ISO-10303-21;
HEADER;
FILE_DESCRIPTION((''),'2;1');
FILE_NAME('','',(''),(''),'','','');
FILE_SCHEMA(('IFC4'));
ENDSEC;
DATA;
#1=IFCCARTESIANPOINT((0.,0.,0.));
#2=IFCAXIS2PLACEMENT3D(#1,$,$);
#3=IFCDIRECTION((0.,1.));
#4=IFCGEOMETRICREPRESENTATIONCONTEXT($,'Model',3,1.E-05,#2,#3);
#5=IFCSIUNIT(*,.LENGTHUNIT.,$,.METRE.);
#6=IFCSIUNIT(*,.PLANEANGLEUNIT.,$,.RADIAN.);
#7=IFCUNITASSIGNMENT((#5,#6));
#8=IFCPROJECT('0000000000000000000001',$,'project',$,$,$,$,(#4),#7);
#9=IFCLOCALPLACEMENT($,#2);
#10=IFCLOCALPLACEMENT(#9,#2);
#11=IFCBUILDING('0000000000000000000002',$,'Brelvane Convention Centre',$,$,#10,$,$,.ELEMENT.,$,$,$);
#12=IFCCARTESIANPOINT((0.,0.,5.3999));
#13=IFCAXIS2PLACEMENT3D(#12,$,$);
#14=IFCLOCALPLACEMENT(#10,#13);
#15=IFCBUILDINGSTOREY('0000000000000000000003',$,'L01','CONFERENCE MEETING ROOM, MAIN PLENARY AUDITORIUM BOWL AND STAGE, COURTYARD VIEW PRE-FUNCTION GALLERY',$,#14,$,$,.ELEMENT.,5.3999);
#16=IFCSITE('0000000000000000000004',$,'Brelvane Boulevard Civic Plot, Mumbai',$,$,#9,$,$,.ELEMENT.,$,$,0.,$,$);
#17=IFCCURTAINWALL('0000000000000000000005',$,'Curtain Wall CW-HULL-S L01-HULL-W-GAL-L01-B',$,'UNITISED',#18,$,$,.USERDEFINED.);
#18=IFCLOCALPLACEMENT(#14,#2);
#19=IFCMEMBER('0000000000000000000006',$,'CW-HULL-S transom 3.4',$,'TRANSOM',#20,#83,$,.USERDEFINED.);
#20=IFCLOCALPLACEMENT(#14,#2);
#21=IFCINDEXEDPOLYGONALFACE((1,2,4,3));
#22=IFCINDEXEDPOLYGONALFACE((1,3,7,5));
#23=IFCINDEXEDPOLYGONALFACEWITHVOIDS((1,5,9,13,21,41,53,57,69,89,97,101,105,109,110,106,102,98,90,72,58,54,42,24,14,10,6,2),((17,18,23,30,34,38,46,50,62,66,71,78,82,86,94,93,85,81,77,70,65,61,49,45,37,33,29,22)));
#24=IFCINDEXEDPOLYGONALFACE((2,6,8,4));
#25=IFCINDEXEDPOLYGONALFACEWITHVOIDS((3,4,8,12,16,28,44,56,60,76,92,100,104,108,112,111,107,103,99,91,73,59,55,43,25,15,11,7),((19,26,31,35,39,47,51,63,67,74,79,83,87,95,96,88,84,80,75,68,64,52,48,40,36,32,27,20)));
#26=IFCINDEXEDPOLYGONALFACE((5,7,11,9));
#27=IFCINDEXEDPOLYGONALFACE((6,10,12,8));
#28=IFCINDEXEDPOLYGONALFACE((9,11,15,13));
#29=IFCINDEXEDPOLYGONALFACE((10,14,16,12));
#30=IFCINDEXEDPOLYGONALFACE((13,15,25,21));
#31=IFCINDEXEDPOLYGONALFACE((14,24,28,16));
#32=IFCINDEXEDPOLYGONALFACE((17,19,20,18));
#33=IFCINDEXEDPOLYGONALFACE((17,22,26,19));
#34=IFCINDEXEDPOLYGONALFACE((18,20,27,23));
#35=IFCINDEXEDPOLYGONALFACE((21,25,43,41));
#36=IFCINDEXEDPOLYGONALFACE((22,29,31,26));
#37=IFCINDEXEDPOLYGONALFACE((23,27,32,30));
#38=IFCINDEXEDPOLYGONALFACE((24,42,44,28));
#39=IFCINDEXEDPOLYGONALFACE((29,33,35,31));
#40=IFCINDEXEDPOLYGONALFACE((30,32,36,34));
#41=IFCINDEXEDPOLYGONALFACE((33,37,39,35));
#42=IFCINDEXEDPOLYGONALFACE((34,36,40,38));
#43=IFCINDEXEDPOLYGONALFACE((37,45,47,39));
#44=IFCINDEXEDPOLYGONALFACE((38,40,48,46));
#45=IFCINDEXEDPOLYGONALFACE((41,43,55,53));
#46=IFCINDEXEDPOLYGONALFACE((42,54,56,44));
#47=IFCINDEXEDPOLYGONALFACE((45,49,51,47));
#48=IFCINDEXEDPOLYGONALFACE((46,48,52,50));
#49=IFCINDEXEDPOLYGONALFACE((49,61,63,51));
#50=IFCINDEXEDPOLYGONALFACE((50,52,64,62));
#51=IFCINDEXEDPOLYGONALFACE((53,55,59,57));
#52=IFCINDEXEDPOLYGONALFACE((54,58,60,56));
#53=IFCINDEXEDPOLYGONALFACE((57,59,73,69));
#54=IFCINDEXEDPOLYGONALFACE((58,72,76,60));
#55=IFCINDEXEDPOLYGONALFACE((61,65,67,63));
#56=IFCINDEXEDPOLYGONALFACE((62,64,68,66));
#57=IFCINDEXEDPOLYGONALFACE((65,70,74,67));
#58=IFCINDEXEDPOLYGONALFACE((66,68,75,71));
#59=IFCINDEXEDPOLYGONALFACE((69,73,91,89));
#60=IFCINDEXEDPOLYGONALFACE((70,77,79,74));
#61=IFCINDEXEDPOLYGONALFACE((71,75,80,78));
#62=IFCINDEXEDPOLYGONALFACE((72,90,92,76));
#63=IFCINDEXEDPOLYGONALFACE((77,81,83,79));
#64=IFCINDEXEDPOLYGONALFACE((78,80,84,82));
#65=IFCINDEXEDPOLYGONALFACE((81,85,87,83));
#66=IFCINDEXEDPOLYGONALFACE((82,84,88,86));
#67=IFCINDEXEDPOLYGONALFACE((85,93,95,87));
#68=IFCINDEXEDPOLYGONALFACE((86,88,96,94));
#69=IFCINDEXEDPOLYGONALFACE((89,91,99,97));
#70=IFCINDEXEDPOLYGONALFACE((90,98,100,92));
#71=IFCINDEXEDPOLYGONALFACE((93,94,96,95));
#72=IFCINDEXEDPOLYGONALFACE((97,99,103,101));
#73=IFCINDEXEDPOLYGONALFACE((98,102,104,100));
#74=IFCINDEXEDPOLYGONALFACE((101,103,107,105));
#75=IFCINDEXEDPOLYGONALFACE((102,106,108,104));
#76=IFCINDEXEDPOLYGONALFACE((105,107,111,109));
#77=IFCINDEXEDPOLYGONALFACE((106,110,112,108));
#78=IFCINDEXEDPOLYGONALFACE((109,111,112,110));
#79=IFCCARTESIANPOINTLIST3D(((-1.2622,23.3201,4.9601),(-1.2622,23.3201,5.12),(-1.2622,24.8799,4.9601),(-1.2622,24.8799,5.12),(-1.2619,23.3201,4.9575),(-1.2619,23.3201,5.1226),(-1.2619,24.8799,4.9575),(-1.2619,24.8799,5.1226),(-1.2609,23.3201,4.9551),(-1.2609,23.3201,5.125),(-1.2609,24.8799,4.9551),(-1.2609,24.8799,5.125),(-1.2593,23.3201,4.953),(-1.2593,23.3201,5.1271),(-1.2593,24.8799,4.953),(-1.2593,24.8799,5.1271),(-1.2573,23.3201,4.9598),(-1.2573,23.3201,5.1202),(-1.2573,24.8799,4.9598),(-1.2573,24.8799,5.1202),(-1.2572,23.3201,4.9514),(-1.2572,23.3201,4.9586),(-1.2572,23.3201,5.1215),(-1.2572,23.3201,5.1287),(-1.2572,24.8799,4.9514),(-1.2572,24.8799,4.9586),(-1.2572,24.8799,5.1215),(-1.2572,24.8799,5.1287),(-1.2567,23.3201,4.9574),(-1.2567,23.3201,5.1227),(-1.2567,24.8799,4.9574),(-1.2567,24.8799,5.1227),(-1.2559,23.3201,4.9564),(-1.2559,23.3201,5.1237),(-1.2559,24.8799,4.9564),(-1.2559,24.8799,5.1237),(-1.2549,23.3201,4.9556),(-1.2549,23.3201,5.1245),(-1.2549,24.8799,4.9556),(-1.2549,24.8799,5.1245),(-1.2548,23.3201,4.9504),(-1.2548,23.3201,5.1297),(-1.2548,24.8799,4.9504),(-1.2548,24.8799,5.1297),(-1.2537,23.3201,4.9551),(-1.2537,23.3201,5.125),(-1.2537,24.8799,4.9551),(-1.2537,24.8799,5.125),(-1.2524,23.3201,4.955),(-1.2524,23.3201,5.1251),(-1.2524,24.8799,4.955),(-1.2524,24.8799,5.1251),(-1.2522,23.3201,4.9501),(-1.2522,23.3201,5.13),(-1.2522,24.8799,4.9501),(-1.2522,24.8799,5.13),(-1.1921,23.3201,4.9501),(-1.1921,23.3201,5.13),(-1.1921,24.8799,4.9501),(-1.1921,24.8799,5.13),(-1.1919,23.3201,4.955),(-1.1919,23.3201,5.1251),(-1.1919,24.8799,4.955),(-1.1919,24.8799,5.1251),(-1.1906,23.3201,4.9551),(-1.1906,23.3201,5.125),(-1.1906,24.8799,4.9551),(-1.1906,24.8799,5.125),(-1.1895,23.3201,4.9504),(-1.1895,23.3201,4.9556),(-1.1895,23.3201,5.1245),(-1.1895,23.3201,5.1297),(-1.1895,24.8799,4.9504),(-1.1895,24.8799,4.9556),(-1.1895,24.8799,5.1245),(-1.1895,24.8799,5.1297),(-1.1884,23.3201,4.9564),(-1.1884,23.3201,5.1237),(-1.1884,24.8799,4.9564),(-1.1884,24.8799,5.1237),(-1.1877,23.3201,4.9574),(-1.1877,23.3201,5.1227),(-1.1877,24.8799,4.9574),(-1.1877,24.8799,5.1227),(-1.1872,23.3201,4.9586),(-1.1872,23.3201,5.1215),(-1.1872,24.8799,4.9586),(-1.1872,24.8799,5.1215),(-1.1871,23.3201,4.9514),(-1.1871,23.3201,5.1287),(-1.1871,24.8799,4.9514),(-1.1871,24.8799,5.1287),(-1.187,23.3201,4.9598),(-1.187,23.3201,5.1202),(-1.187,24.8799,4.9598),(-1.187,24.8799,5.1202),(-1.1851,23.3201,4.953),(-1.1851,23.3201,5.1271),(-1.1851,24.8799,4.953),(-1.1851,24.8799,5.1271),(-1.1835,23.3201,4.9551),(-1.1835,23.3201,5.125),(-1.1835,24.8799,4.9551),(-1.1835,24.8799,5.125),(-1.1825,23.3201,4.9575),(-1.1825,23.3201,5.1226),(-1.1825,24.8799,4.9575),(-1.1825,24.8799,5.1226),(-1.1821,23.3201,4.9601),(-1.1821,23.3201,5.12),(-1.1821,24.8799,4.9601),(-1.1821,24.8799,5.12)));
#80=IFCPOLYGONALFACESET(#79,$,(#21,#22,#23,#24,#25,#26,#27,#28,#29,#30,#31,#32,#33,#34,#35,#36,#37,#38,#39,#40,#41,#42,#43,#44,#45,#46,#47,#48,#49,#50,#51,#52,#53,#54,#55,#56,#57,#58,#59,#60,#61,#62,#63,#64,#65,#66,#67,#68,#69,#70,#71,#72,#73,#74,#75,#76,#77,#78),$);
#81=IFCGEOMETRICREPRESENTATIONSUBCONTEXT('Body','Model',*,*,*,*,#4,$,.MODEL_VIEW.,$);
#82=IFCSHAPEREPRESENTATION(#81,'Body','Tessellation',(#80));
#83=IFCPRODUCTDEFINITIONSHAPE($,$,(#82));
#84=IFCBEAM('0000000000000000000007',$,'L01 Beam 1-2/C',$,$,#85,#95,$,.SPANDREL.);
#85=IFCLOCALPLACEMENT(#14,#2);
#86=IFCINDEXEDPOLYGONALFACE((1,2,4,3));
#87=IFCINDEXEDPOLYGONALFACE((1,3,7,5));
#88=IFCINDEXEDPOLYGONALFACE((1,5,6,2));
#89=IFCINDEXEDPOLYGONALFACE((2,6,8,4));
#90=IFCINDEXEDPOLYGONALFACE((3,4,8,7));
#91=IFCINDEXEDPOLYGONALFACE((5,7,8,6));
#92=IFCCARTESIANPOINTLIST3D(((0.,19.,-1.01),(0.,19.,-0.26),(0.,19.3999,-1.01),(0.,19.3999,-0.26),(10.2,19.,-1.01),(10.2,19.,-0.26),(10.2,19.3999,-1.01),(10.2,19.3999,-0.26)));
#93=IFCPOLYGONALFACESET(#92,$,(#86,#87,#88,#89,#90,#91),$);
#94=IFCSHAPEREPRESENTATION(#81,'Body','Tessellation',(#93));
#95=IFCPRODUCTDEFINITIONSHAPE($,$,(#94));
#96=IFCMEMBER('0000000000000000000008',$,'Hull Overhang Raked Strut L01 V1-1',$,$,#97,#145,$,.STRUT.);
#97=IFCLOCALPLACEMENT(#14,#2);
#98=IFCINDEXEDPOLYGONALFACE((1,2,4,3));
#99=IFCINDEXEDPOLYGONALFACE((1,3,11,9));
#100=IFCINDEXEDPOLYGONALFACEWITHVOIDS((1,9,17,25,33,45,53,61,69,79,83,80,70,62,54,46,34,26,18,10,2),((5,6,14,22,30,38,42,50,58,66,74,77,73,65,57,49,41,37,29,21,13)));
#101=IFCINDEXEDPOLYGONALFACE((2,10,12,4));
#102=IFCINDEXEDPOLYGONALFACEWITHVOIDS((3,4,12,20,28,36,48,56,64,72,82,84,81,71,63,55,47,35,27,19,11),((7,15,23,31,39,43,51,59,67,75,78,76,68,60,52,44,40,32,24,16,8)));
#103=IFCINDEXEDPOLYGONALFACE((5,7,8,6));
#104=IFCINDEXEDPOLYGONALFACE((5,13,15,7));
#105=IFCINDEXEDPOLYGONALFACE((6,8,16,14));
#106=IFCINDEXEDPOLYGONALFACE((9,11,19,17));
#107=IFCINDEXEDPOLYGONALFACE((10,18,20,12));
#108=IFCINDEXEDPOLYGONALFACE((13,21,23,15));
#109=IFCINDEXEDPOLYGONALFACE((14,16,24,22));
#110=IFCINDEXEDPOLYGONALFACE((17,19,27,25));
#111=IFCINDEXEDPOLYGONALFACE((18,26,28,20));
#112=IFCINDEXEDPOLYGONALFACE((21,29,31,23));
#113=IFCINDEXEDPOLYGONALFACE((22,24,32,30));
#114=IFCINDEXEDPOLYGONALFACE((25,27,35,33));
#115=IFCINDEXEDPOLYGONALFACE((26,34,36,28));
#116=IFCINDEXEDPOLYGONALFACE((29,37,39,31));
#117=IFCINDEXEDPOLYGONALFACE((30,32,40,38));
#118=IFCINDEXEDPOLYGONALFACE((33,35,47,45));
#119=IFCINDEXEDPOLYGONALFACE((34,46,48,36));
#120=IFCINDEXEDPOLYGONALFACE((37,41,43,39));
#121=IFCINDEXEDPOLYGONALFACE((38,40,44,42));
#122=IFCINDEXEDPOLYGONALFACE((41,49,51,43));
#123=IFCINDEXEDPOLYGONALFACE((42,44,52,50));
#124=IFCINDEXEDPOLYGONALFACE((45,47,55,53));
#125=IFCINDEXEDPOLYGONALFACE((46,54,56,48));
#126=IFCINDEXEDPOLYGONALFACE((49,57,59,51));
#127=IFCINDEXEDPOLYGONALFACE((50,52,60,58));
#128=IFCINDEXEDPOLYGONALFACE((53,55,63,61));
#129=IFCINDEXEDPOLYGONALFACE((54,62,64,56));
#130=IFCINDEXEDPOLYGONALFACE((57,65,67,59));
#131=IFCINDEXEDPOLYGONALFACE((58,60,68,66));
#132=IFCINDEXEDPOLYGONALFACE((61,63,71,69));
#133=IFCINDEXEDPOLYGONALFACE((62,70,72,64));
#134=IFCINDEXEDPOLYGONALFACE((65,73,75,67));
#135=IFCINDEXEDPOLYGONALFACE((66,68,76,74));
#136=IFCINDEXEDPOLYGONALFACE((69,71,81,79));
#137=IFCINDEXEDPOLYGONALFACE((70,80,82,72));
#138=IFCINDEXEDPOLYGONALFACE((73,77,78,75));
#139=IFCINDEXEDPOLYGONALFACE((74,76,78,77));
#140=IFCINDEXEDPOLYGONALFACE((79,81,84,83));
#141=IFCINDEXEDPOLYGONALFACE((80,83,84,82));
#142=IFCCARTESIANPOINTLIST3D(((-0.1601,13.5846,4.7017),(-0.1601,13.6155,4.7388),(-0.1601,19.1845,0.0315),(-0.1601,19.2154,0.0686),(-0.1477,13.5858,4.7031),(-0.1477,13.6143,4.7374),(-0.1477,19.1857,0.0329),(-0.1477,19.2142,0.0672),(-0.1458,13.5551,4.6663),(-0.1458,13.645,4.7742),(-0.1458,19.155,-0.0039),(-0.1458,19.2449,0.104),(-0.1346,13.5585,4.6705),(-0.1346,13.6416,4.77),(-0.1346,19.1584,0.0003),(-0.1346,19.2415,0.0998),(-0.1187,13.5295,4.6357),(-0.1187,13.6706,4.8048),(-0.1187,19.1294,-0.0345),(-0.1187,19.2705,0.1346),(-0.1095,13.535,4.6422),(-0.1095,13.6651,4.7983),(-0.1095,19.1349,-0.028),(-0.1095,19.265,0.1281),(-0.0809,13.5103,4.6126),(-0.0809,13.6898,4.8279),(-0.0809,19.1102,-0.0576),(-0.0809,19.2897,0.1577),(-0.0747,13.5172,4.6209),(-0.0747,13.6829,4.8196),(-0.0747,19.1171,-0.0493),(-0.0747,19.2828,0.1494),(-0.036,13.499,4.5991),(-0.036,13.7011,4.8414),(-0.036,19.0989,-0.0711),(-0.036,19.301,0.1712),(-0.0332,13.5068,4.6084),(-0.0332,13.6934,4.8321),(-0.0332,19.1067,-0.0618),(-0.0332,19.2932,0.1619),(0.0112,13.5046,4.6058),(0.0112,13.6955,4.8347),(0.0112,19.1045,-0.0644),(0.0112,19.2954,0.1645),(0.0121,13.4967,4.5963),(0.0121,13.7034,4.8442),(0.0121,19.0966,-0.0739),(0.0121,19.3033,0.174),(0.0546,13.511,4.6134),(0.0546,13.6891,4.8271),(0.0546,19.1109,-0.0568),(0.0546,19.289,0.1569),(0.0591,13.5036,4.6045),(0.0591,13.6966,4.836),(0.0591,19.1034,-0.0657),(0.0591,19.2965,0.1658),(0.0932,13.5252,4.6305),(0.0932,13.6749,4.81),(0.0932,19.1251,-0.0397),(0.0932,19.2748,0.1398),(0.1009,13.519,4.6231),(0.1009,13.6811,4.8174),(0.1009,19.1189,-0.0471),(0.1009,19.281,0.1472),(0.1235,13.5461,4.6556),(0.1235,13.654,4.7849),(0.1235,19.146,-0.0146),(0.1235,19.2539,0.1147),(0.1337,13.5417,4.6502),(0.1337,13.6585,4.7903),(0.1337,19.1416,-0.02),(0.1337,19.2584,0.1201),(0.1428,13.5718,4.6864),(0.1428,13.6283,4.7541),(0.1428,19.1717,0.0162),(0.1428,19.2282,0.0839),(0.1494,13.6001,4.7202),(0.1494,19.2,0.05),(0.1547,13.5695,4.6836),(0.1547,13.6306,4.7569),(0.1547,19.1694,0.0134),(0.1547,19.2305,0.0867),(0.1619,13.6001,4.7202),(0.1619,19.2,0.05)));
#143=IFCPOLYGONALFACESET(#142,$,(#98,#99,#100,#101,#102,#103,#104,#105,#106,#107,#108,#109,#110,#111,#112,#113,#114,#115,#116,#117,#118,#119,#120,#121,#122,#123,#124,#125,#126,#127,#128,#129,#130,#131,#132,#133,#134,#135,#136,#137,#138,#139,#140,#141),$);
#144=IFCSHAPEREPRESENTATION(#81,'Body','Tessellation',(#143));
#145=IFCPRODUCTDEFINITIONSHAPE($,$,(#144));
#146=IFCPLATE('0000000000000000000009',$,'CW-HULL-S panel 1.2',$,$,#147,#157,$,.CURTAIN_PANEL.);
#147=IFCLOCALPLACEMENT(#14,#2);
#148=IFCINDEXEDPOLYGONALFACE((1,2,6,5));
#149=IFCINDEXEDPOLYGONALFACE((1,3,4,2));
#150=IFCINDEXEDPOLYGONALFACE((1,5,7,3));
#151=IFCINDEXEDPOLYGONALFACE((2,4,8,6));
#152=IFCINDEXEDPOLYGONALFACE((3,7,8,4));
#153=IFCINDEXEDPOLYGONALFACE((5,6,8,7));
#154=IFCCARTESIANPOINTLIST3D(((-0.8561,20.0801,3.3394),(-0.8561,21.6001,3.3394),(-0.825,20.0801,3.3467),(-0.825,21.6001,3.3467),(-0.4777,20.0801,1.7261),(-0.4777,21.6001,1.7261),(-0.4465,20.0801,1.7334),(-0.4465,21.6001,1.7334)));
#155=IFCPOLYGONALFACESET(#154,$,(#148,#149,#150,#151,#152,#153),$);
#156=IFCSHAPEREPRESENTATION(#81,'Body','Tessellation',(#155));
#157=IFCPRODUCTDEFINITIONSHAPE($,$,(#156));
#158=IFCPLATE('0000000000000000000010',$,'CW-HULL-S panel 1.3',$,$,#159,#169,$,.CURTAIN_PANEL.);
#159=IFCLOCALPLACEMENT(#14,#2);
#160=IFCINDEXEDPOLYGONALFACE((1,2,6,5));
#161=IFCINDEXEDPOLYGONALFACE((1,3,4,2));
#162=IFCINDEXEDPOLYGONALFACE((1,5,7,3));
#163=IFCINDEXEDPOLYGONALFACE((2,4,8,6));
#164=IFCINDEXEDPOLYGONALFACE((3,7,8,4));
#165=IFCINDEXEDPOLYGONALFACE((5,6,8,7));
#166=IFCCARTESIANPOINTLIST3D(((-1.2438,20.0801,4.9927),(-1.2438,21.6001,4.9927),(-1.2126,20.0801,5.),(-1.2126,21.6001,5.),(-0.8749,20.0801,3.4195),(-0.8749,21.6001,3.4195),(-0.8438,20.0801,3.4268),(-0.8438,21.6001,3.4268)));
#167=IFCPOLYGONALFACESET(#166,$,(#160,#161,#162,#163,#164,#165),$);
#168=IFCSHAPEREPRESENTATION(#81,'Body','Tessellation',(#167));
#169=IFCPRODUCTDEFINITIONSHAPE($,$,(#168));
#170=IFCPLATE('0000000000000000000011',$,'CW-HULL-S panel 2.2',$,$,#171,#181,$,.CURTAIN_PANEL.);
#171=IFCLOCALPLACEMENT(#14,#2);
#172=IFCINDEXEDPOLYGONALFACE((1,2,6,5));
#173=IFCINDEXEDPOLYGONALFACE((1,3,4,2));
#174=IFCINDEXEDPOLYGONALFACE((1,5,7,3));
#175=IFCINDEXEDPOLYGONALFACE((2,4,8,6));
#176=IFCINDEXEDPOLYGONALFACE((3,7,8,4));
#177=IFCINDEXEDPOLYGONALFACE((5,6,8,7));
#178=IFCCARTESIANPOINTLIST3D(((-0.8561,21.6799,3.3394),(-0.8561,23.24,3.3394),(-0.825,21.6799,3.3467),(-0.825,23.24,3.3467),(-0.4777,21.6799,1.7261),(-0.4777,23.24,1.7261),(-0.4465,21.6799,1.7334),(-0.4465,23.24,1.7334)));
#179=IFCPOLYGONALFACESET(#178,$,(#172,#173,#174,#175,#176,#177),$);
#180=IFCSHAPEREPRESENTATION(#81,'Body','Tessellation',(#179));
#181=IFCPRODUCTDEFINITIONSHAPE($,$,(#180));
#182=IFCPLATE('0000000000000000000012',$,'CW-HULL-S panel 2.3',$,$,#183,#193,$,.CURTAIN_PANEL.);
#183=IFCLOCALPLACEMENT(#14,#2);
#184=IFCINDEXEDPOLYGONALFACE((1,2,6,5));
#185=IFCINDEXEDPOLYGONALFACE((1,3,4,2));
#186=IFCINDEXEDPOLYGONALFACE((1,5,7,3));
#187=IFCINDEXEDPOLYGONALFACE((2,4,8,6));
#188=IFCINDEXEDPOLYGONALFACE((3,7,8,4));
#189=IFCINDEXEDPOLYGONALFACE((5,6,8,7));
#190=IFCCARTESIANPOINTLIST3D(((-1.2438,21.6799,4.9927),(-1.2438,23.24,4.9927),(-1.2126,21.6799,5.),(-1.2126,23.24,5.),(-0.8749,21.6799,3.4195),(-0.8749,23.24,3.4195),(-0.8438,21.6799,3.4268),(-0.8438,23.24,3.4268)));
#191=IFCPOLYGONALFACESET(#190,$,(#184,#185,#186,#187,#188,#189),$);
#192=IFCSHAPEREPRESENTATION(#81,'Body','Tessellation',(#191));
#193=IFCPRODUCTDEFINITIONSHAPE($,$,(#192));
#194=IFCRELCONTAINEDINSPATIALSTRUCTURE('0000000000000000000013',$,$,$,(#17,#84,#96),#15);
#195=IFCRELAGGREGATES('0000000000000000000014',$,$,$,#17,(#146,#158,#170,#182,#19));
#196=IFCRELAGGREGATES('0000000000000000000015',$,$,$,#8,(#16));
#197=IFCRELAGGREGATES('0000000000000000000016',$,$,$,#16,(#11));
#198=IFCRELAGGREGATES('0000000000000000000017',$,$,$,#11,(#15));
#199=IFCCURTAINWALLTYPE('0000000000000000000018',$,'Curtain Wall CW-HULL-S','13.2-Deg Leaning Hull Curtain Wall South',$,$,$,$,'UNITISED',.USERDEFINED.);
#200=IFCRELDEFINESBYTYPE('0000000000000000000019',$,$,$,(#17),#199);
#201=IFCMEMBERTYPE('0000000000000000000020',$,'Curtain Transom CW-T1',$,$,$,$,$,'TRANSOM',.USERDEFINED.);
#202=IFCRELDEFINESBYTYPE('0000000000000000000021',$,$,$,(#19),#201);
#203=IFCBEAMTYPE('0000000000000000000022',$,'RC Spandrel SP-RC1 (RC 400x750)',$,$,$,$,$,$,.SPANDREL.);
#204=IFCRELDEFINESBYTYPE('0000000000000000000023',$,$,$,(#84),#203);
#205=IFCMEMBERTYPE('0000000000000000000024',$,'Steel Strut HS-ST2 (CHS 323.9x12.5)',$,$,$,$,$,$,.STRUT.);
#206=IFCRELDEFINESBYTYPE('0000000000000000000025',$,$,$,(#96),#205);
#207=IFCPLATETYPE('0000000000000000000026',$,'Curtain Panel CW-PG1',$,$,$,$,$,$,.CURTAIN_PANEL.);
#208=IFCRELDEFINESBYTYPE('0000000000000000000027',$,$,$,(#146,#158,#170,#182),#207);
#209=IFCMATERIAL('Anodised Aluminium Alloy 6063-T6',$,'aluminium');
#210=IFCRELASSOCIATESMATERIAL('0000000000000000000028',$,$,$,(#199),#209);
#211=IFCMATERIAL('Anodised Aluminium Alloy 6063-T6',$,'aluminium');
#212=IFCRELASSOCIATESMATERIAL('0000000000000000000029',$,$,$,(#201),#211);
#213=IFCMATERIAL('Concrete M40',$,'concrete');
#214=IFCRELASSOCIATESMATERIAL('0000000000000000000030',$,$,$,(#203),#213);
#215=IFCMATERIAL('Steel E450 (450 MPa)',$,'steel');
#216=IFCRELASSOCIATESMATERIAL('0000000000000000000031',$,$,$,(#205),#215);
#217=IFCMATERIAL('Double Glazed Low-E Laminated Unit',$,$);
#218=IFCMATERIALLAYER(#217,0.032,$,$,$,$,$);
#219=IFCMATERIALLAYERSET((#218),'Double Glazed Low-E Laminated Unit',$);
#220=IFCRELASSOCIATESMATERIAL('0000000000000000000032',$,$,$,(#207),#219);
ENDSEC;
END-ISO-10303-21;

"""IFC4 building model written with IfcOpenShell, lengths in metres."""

from ifc_helpers import new_model, si_unit, direction, frame, origin, origin_2d, place, context, subcontext, project, spatial, polyline, rectangle, hollow_rectangle, hollow_circle, outline, extrude, material, layer, layer_set, material_profile, profile_set, type_object, element, aggregate, save


model = new_model("IFC4")

# Units and contexts
model_context = context("Model", 3, precision=1e-05, world=origin(), true_north=direction((0.0, 1.0)))
body_context = subcontext(model_context, "Body", "Model", "MODEL_VIEW")
ifc_project = project(units=[si_unit("LENGTHUNIT", "METRE"), si_unit("PLANEANGLEUNIT", "RADIAN")], contexts=[model_context])

# Site, building, storey
site_placement = place(None, origin())
site = spatial("IfcSite", under=ifc_project, at=site_placement, Name="Brelvane Boulevard Civic Plot, Mumbai", CompositionType="ELEMENT", RefElevation=0.0)
building_placement = place(site_placement, origin())
building = spatial("IfcBuilding", under=site, at=building_placement, Name="Brelvane Convention Centre", CompositionType="ELEMENT")
storey_placement = place(building_placement, frame((0.0, 0.0, 5.3999)))
storey = spatial("IfcBuildingStorey", under=building, at=storey_placement, Name="L01", Description="CONFERENCE MEETING ROOM, MAIN PLENARY AUDITORIUM BOWL AND STAGE, COURTYARD VIEW PRE-FUNCTION GALLERY", CompositionType="ELEMENT", Elevation=5.3999)

# Shared definitions
ifc_material_1 = material(Name="Anodised Aluminium Alloy 6063-T6", Category="aluminium")
curtain_wall_type = type_object("IfcCurtainWallType", Name="Curtain Wall CW-HULL-S", Description="13.2-Deg Leaning Hull Curtain Wall South", ElementType="UNITISED", PredefinedType="USERDEFINED", material=ifc_material_1)

# Curtain wall
curtain_wall_1_placement = place(storey_placement, origin())
curtain_wall_1 = element("IfcCurtainWall", 1, at=curtain_wall_1_placement, inside=storey, type_object=curtain_wall_type, Name="Curtain Wall CW-HULL-S L01-HULL-W-GAL-L01-B", ObjectType="UNITISED", PredefinedType="USERDEFINED")

# Member
ifc_material_2 = material(Name="Anodised Aluminium Alloy 6063-T6", Category="aluminium")
ifc_material_profile_1 = material_profile(ifc_material_2, hollow_rectangle(XDim=0.0801, YDim=0.1799, WallThickness=0.0049, InnerFilletRadius=0.0049, OuterFilletRadius=0.01, at=origin_2d()), Name="ALU-T 180x80x5.0")
ifc_profile_set_1 = profile_set([ifc_material_profile_1], Name="Anodised Aluminium Alloy 6063-T6")
member_type_1 = type_object("IfcMemberType", Name="Curtain Transom CW-T1", ElementType="TRANSOM", PredefinedType="USERDEFINED", material=ifc_profile_set_1)
member_1_placement = place(storey_placement, frame((-1.2222, 23.3201, 5.04), z_axis=(0.0, 1.0, 0.0), x_axis=(-1.0, 0.0, 0.0)))
member_1 = element("IfcMember", 2, at=member_1_placement, type_object=member_type_1, Name="CW-HULL-S transom 3.4", ObjectType="TRANSOM", PredefinedType="USERDEFINED", context=body_context, shape_type="SweptSolid", body=[
    extrude(hollow_rectangle(XDim=0.0801, YDim=0.1799, WallThickness=0.0049, InnerFilletRadius=0.0049, OuterFilletRadius=0.01, at=origin_2d()), origin(), (0.0, 0.0, 1.0), 1.5598),
])

# Beam
ifc_material_3 = material(Name="Concrete M40", Category="concrete")
ifc_material_profile_2 = material_profile(ifc_material_3, rectangle(XDim=0.3999, YDim=0.75, at=origin_2d()), Name="RC 400x750")
ifc_profile_set_2 = profile_set([ifc_material_profile_2], Name="Concrete M40")
beam_type = type_object("IfcBeamType", Name="RC Spandrel SP-RC1 (RC 400x750)", PredefinedType="SPANDREL", material=ifc_profile_set_2)
beam_placement = place(storey_placement, frame((0.0, 19.2, -0.635), z_axis=(1.0, 0.0, 0.0), x_axis=(0.0, 1.0, 0.0)))
element("IfcBeam", 3, at=beam_placement, inside=storey, type_object=beam_type, Name="L01 Beam 1-2/C", PredefinedType="SPANDREL", context=body_context, shape_type="SweptSolid", body=[
    extrude(rectangle(XDim=0.3999, YDim=0.75, at=origin_2d()), origin(), (0.0, 0.0, 1.0), 10.2),
])

# Member
ifc_material_4 = material(Name="Steel E450 (450 MPa)", Category="steel")
ifc_material_profile_3 = material_profile(ifc_material_4, hollow_circle(Radius=0.1619, WallThickness=0.0125, at=origin_2d()), Name="CHS 323.9x12.5")
ifc_profile_set_3 = profile_set([ifc_material_profile_3], Name="Steel E450 (450 MPa)")
member_type_2 = type_object("IfcMemberType", Name="Steel Strut HS-ST2 (CHS 323.9x12.5)", PredefinedType="STRUT", material=ifc_profile_set_3)
member_2_placement = place(storey_placement, frame((0.0, 19.2, 0.05), z_axis=(0.0, -0.767977, 0.640477), x_axis=(1.0, 0.0, 0.0)))
element("IfcMember", 4, at=member_2_placement, inside=storey, type_object=member_type_2, Name="Hull Overhang Raked Strut L01 V1-1", PredefinedType="STRUT", context=body_context, shape_type="SweptSolid", body=[
    extrude(hollow_circle(Radius=0.1619, WallThickness=0.0125, at=origin_2d()), origin(), (0.0, 0.0, 1.0), 7.2917),
])

# Plates
ifc_material_5 = material(Name="Double Glazed Low-E Laminated Unit")
ifc_layer_1 = layer(ifc_material_5, 0.032)
ifc_layer_set_1 = layer_set([ifc_layer_1], Name="Double Glazed Low-E Laminated Unit")
plate_type_1 = type_object("IfcPlateType", Name="Curtain Panel CW-PG1", PredefinedType="CURTAIN_PANEL", material=ifc_layer_set_1)
plate_1_placement = place(storey_placement, frame((-0.4465, 20.0801, 1.7334), z_axis=(0.973575, 0.0, 0.228366), x_axis=(0.0, 1.0, 0.0)))
plate_1 = element("IfcPlate", 5, at=plate_1_placement, type_object=plate_type_1, Name="CW-HULL-S panel 1.2", PredefinedType="CURTAIN_PANEL", context=body_context, shape_type="SweptSolid", body=[
    extrude(outline(polyline([(0.0, 0.0), (1.52, 0.0), (1.52, 1.6571), (0.0, 1.6571), (0.0, 0.0)])), origin(), (0.0, 0.0, -1.0), 0.032),
])
plate_2_placement = place(storey_placement, frame((-0.8438, 20.0801, 3.4268), z_axis=(0.973593, 0.0, 0.22829), x_axis=(0.0, 1.0, 0.0)))
plate_2 = element("IfcPlate", 6, at=plate_2_placement, type_object=plate_type_1, Name="CW-HULL-S panel 1.3", PredefinedType="CURTAIN_PANEL", context=body_context, shape_type="SweptSolid", body=[
    extrude(outline(polyline([(0.0, 0.0), (1.52, 0.0), (1.52, 1.6159), (0.0, 1.6159), (0.0, 0.0)])), origin(), (0.0, 0.0, -1.0), 0.032),
])
plate_3_placement = place(storey_placement, frame((-0.4465, 21.6799, 1.7334), z_axis=(0.973575, 0.0, 0.228366), x_axis=(0.0, 1.0, 0.0)))
plate_3 = element("IfcPlate", 7, at=plate_3_placement, type_object=plate_type_1, Name="CW-HULL-S panel 2.2", PredefinedType="CURTAIN_PANEL", context=body_context, shape_type="SweptSolid", body=[
    extrude(outline(polyline([(0.0, 0.0), (1.5601, 0.0), (1.5601, 1.6571), (0.0, 1.6571), (0.0, 0.0)])), origin(), (0.0, 0.0, -1.0), 0.032),
])
plate_4_placement = place(storey_placement, frame((-0.8438, 21.6799, 3.4268), z_axis=(0.973593, 0.0, 0.22829), x_axis=(0.0, 1.0, 0.0)))
plate_4 = element("IfcPlate", 8, at=plate_4_placement, type_object=plate_type_1, Name="CW-HULL-S panel 2.3", PredefinedType="CURTAIN_PANEL", context=body_context, shape_type="SweptSolid", body=[
    extrude(outline(polyline([(0.0, 0.0), (1.5601, 0.0), (1.5601, 1.6159), (0.0, 1.6159), (0.0, 0.0)])), origin(), (0.0, 0.0, -1.0), 0.032),
])
aggregate(curtain_wall_1, [plate_1, plate_2, plate_3, plate_4, member_1])

save(model, "model.ifc")
